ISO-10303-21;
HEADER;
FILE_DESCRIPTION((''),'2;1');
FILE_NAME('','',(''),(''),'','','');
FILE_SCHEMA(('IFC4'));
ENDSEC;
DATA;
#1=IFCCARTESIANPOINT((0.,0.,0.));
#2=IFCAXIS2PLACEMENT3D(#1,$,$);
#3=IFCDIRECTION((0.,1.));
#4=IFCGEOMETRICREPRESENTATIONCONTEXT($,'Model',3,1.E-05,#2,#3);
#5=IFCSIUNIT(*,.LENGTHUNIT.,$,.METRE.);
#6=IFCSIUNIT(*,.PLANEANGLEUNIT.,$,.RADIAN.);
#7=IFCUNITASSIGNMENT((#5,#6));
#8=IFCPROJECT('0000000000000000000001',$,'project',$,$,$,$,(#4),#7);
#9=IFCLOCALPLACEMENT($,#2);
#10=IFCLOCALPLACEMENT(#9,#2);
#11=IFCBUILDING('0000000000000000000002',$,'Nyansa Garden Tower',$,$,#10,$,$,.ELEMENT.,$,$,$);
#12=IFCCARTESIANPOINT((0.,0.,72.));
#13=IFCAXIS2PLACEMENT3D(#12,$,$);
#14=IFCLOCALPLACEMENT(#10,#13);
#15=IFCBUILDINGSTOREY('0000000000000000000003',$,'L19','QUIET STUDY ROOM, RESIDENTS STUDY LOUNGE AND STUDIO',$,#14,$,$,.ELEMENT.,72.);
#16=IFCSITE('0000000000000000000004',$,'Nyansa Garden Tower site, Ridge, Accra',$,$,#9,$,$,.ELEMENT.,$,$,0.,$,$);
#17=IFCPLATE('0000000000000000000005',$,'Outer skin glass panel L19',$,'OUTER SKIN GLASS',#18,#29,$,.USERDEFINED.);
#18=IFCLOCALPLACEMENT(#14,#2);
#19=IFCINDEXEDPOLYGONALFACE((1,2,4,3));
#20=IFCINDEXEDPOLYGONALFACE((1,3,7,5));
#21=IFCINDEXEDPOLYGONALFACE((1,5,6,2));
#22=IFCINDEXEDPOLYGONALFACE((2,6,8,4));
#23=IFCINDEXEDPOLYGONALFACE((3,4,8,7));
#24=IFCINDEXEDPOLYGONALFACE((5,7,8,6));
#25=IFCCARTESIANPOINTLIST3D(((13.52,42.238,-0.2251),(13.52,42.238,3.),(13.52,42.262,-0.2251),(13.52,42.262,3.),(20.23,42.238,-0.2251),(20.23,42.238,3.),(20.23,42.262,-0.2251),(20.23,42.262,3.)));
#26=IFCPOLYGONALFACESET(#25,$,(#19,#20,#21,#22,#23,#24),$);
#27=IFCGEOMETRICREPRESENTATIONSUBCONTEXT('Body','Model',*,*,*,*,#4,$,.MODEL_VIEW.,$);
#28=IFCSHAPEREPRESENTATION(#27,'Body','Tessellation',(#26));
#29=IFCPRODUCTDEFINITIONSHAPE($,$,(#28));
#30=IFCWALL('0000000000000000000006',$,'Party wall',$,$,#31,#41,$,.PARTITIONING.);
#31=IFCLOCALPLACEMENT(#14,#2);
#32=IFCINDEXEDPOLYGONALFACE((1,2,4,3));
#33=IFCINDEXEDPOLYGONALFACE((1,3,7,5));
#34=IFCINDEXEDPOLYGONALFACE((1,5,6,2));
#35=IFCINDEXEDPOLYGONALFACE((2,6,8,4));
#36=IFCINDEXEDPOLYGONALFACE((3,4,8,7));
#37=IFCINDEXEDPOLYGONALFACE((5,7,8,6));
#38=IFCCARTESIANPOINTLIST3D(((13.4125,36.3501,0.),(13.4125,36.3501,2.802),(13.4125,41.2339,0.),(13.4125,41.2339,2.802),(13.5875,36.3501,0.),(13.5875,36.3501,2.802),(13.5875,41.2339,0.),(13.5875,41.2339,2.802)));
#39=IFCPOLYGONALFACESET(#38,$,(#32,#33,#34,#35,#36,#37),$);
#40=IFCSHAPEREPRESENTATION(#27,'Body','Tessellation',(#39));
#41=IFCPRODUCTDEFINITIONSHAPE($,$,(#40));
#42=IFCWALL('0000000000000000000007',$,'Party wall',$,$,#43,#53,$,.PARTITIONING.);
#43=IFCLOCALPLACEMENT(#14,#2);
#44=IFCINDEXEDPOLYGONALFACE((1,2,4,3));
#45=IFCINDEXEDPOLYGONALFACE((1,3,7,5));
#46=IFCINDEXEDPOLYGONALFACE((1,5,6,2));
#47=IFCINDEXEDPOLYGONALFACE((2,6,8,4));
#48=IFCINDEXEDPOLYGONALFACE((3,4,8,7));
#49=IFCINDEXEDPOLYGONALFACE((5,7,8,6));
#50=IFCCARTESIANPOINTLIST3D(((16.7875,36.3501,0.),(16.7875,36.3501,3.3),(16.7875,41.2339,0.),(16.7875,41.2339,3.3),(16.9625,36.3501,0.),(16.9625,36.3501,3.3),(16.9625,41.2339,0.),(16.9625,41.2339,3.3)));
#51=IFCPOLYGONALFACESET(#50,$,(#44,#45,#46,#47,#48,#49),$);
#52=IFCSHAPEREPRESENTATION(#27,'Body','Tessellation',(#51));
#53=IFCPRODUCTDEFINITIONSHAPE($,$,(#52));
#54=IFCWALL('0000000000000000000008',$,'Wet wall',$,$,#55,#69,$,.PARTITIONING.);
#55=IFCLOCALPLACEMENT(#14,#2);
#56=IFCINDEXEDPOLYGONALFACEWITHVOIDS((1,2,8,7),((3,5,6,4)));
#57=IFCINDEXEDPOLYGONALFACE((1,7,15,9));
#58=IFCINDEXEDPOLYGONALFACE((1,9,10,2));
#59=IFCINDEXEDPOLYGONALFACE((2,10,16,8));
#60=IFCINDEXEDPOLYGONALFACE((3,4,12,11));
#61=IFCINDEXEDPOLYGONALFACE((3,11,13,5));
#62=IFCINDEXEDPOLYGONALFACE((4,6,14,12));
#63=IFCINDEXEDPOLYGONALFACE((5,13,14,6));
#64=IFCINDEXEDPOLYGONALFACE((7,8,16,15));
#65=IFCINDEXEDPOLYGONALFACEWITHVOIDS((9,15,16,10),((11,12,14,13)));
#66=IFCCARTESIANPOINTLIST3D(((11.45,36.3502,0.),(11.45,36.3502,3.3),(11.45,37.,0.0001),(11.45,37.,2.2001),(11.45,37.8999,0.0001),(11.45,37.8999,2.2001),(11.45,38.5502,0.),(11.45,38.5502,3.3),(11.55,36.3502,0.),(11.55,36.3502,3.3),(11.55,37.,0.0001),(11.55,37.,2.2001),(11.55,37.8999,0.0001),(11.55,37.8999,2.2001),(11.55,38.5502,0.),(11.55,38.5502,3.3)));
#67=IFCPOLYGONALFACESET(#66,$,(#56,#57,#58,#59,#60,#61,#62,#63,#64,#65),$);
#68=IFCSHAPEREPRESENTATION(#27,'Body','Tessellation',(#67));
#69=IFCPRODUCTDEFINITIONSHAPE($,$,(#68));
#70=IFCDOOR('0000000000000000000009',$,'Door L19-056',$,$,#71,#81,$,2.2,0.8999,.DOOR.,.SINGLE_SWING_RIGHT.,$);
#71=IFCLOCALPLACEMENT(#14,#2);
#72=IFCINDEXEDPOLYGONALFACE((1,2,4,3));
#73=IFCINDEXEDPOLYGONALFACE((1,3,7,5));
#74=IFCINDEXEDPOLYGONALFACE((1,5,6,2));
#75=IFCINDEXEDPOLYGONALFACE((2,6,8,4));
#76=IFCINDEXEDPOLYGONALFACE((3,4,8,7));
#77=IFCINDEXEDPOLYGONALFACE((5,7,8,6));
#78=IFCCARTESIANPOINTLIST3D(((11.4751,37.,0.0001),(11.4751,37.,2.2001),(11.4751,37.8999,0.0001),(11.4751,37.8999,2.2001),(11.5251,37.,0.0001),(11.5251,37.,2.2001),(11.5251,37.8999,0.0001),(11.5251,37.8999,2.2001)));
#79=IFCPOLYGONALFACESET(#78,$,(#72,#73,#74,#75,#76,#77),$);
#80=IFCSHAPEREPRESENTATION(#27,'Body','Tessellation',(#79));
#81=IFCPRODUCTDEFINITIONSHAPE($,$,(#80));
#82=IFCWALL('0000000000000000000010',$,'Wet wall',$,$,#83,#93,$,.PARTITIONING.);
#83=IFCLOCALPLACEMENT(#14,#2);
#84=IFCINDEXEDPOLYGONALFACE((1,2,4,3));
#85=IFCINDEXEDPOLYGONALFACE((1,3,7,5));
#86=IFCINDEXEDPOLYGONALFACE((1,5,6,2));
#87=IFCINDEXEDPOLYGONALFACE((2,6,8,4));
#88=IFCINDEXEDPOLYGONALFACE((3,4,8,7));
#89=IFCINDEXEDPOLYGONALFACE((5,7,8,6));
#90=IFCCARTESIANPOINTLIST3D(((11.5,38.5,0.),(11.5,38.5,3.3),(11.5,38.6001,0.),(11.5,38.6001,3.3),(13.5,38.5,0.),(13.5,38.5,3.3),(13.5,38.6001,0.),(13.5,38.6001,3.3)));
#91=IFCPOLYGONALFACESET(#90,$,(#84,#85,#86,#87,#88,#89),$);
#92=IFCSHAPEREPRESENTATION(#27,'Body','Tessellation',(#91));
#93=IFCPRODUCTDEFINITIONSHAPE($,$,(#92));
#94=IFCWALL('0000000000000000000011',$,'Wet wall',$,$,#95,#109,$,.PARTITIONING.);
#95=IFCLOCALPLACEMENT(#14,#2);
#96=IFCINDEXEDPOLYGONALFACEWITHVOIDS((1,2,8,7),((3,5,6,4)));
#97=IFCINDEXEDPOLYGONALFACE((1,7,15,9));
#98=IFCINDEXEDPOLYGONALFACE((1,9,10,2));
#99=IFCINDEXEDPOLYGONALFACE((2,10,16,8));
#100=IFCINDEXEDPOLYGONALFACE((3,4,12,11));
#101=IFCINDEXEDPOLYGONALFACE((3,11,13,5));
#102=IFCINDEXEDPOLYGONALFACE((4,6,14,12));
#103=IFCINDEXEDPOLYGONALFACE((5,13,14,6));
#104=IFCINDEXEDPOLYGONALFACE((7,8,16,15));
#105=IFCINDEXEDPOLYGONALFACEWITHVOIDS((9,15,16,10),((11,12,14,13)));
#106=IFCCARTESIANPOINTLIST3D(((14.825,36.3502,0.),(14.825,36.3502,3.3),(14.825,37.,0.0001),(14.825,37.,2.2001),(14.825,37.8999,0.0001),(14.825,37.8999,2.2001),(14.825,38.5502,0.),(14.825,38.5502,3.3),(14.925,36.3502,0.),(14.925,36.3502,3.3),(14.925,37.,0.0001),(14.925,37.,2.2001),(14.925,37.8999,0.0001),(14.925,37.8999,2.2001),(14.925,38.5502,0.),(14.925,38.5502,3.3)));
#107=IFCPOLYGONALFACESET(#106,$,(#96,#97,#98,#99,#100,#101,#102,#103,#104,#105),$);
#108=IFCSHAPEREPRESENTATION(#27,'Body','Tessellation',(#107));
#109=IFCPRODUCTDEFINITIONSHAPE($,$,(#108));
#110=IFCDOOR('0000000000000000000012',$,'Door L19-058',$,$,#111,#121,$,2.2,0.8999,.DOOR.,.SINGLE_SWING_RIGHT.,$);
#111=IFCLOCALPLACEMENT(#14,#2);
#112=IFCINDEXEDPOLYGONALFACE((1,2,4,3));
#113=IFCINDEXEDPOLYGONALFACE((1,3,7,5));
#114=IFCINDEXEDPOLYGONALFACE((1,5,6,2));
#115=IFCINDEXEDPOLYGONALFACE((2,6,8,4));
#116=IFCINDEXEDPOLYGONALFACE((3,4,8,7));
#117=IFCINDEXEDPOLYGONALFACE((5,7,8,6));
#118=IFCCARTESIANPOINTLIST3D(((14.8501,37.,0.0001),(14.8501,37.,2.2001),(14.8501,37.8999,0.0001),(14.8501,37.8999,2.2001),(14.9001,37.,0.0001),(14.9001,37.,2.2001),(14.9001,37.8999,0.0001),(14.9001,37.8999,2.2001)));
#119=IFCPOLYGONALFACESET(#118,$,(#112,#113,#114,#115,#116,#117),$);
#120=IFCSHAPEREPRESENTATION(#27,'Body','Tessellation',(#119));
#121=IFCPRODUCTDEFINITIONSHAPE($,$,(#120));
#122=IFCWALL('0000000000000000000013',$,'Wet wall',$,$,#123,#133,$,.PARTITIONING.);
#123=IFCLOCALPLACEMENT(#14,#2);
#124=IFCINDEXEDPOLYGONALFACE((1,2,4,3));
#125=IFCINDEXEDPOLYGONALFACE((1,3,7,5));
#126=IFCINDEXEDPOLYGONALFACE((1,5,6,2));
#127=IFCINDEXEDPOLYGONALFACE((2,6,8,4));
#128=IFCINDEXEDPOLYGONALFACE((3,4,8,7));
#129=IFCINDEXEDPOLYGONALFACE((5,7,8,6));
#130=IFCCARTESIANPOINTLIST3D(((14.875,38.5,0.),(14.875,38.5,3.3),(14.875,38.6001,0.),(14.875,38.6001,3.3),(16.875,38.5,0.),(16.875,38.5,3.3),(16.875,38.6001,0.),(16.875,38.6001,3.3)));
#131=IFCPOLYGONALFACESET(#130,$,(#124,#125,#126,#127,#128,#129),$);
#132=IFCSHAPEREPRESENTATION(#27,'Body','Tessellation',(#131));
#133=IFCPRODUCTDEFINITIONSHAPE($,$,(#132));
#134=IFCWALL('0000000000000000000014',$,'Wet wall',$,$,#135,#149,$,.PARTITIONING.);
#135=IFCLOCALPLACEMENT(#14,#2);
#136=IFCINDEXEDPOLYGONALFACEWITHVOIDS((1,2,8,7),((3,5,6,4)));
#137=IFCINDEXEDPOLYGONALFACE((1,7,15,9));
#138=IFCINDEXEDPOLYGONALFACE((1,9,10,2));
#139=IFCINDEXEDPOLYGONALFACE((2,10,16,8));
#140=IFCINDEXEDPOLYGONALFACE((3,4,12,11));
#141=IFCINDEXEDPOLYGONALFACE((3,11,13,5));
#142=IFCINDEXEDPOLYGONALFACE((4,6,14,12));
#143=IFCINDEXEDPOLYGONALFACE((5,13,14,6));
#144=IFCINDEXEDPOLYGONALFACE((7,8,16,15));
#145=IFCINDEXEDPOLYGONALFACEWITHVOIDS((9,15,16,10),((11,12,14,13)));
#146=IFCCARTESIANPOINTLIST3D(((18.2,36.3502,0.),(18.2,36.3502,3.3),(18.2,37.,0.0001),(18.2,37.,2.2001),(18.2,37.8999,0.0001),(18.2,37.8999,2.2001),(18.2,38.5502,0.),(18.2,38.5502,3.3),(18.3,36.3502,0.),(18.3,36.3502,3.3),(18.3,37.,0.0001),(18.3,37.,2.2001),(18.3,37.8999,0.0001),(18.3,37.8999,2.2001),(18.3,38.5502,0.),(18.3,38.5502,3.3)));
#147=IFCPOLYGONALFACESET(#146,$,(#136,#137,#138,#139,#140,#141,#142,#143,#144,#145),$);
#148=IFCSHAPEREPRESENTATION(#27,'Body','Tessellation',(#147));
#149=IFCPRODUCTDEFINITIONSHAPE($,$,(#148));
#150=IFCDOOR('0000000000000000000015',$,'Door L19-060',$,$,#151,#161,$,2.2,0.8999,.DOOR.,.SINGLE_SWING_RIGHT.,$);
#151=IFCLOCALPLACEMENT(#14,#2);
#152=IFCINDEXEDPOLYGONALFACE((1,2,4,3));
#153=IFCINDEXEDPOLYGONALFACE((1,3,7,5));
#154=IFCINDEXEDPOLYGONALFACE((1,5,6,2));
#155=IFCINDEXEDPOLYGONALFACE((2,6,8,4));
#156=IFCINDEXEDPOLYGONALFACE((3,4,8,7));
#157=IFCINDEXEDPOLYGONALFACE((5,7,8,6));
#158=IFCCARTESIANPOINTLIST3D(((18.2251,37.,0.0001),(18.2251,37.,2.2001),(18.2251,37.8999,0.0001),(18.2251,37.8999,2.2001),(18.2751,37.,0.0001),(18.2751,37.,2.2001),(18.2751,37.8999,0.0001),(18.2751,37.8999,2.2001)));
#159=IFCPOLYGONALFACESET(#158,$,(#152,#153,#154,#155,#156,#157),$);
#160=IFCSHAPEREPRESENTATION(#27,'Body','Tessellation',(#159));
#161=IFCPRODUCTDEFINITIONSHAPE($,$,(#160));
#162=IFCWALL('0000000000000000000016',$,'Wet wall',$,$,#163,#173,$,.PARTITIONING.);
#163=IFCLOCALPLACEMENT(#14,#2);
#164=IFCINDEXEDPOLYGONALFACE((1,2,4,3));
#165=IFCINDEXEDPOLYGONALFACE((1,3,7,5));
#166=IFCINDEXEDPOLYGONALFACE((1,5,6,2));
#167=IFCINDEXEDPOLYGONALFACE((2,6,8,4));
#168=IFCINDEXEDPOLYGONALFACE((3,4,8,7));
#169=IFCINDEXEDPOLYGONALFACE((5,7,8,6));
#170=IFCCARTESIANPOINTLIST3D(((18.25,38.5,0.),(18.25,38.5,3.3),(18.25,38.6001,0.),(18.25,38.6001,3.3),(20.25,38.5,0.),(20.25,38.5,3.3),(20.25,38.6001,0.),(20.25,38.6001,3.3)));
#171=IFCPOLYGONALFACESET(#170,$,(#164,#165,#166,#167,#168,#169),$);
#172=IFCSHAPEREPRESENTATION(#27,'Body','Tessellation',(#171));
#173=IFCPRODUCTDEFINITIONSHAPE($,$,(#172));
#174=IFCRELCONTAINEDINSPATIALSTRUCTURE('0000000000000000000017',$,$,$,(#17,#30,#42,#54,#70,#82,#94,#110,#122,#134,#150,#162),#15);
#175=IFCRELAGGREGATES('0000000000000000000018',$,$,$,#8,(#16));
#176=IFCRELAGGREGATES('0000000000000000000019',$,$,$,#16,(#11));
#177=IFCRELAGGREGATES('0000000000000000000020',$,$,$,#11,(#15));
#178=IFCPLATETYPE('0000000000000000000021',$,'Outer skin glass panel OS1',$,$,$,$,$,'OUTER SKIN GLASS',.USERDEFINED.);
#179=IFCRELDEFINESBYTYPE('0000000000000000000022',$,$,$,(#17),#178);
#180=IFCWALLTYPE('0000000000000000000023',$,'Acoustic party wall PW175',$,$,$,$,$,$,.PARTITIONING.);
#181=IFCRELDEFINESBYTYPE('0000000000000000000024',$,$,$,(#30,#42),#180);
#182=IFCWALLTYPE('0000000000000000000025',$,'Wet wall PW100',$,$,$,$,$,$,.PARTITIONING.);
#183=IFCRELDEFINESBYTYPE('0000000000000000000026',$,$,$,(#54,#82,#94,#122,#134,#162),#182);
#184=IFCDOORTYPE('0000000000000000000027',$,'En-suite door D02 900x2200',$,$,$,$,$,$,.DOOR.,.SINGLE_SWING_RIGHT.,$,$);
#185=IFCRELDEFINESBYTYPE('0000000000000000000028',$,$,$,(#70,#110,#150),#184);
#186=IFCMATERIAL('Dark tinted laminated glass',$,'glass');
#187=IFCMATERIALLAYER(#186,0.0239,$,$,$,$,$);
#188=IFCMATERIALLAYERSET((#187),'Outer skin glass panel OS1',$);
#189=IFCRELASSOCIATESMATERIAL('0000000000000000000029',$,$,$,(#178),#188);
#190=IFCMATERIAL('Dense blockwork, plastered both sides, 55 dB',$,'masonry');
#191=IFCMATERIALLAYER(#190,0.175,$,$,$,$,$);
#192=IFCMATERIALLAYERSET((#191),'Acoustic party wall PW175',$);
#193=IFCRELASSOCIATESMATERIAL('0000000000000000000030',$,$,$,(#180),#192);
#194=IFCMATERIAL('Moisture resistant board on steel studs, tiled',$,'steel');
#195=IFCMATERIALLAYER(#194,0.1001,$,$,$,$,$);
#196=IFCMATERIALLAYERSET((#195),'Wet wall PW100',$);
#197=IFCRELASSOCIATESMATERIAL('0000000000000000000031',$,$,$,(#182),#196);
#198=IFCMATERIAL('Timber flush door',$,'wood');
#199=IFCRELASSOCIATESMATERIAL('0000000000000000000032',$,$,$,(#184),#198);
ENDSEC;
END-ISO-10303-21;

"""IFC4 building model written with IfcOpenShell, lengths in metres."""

from ifc_helpers import new_model, si_unit, direction, frame, frame_2d, origin, origin_2d, place, context, subcontext, project, spatial, rectangle, extrude, material, layer, layer_set, type_object, element, fill, save


model = new_model("IFC4")

# Units and contexts
model_context = context("Model", 3, precision=1e-05, world=origin(), true_north=direction((0.0, 1.0)))
body_context = subcontext(model_context, "Body", "Model", "MODEL_VIEW")
ifc_project = project(units=[si_unit("LENGTHUNIT", "METRE"), si_unit("PLANEANGLEUNIT", "RADIAN")], contexts=[model_context])

# Site, building, storey
site_placement = place(None, origin())
site = spatial("IfcSite", under=ifc_project, at=site_placement, Name="Nyansa Garden Tower site, Ridge, Accra", CompositionType="ELEMENT", RefElevation=0.0)
building_placement = place(site_placement, origin())
building = spatial("IfcBuilding", under=site, at=building_placement, Name="Nyansa Garden Tower", CompositionType="ELEMENT")
storey_placement = place(building_placement, frame((0.0, 0.0, 72.0)))
storey = spatial("IfcBuildingStorey", under=building, at=storey_placement, Name="L19", Description="QUIET STUDY ROOM, RESIDENTS STUDY LOUNGE AND STUDIO", CompositionType="ELEMENT", Elevation=72.0)

# Plate
ifc_material_1 = material(Name="Dark tinted laminated glass", Category="glass")
ifc_layer_1 = layer(ifc_material_1, 0.0239)
ifc_layer_set_1 = layer_set([ifc_layer_1], Name="Outer skin glass panel OS1")
plate_type_1 = type_object("IfcPlateType", Name="Outer skin glass panel OS1", ElementType="OUTER SKIN GLASS", PredefinedType="USERDEFINED", material=ifc_layer_set_1)
plate_1_placement = place(storey_placement, frame((16.875, 42.25, -0.2251), z_axis=(0.0, 0.0, 1.0), x_axis=(1.0, 0.0, 0.0)))
element("IfcPlate", 1, at=plate_1_placement, inside=storey, type_object=plate_type_1, Name="Outer skin glass panel L19", ObjectType="OUTER SKIN GLASS", PredefinedType="USERDEFINED", context=body_context, shape_type="SweptSolid", body=[
    extrude(rectangle(XDim=6.71, YDim=0.0239, at=origin_2d()), origin(), (0.0, 0.0, 1.0), 3.2251),
])

# Walls
ifc_material_2 = material(Name="Dense blockwork, plastered both sides, 55 dB", Category="masonry")
ifc_layer_2 = layer(ifc_material_2, 0.175)
ifc_layer_set_2 = layer_set([ifc_layer_2], Name="Acoustic party wall PW175")
wall_type_1 = type_object("IfcWallType", Name="Acoustic party wall PW175", PredefinedType="PARTITIONING", material=ifc_layer_set_2)
wall_1_placement = place(storey_placement, frame((13.5, 36.3501, 0.0), z_axis=(0.0, 0.0, 1.0), x_axis=(0.0, 1.0, 0.0)))
element("IfcWall", 2, at=wall_1_placement, inside=storey, type_object=wall_type_1, Name="Party wall", PredefinedType="PARTITIONING", context=body_context, shape_type="SweptSolid", body=[
    extrude(rectangle(XDim=4.8838, YDim=0.175, at=frame_2d((2.4419, 0.0))), origin(), (0.0, 0.0, 1.0), 2.802),
])
wall_2_placement = place(storey_placement, frame((16.875, 36.3501, 0.0), z_axis=(0.0, 0.0, 1.0), x_axis=(0.0, 1.0, 0.0)))
element("IfcWall", 3, at=wall_2_placement, inside=storey, type_object=wall_type_1, Name="Party wall", PredefinedType="PARTITIONING", context=body_context, shape_type="SweptSolid", body=[
    extrude(rectangle(XDim=4.8838, YDim=0.175, at=frame_2d((2.4419, 0.0))), origin(), (0.0, 0.0, 1.0), 3.3),
])

# Wall, opening, door
ifc_material_3 = material(Name="Moisture resistant board on steel studs, tiled", Category="steel")
ifc_layer_3 = layer(ifc_material_3, 0.1001)
ifc_layer_set_3 = layer_set([ifc_layer_3], Name="Wet wall PW100")
wall_type_2 = type_object("IfcWallType", Name="Wet wall PW100", PredefinedType="PARTITIONING", material=ifc_layer_set_3)
wall_3_placement = place(storey_placement, frame((11.5, 36.3501, 0.0), z_axis=(0.0, 0.0, 1.0), x_axis=(0.0, 1.0, 0.0)))
wall_3 = element("IfcWall", 4, at=wall_3_placement, inside=storey, type_object=wall_type_2, Name="Wet wall", PredefinedType="PARTITIONING", context=body_context, shape_type="SweptSolid", body=[
    extrude(rectangle(XDim=2.2, YDim=0.1001, at=frame_2d((1.1001, 0.0))), origin(), (0.0, 0.0, 1.0), 3.3),
])
opening_1_placement = place(wall_3_placement, frame((0.6499, 0.0, 0.0)))
opening_1 = element("IfcOpeningElement", 5, at=opening_1_placement, cuts=wall_3, PredefinedType="OPENING", context=body_context, shape_type="SweptSolid", body=[
    extrude(rectangle(XDim=0.8999, YDim=2.2, at=frame_2d((0.45, 1.1001))), frame((0.0, 0.0601, 0.0), z_axis=(0.0, -1.0, 0.0), x_axis=(1.0, 0.0, 0.0)), (0.0, 0.0, 1.0), 0.1201),
])
ifc_material_4 = material(Name="Timber flush door", Category="wood")
door_type = type_object("IfcDoorType", Name="En-suite door D02 900x2200", OperationType="SINGLE_SWING_RIGHT", PredefinedType="DOOR", material=ifc_material_4)
door_1_placement = place(opening_1_placement, origin())
door_1 = element("IfcDoor", 6, at=door_1_placement, inside=storey, type_object=door_type, Name="Door L19-056", OperationType="SINGLE_SWING_RIGHT", OverallHeight=2.2, OverallWidth=0.8999, PredefinedType="DOOR", context=body_context, shape_type="SweptSolid", body=[
    extrude(rectangle(XDim=0.8999, YDim=2.2, at=frame_2d((0.45, 1.1001))), frame((0.0, 0.0249, 0.0), z_axis=(0.0, -1.0, 0.0), x_axis=(1.0, 0.0, 0.0)), (0.0, 0.0, 1.0), 0.05),
])
fill(opening_1, door_1)

# Wall
wall_4_placement = place(storey_placement, frame((11.5, 38.55, 0.0), z_axis=(0.0, 0.0, 1.0), x_axis=(1.0, 0.0, 0.0)))
element("IfcWall", 7, at=wall_4_placement, inside=storey, type_object=wall_type_2, Name="Wet wall", PredefinedType="PARTITIONING", context=body_context, shape_type="SweptSolid", body=[
    extrude(rectangle(XDim=2.0, YDim=0.1001, at=frame_2d((1.0, 0.0))), origin(), (0.0, 0.0, 1.0), 3.3),
])

# Wall, opening, door
wall_5_placement = place(storey_placement, frame((14.875, 36.3501, 0.0), z_axis=(0.0, 0.0, 1.0), x_axis=(0.0, 1.0, 0.0)))
wall_5 = element("IfcWall", 8, at=wall_5_placement, inside=storey, type_object=wall_type_2, Name="Wet wall", PredefinedType="PARTITIONING", context=body_context, shape_type="SweptSolid", body=[
    extrude(rectangle(XDim=2.2, YDim=0.1001, at=frame_2d((1.1001, 0.0))), origin(), (0.0, 0.0, 1.0), 3.3),
])
opening_2_placement = place(wall_5_placement, frame((0.6499, 0.0, 0.0)))
opening_2 = element("IfcOpeningElement", 9, at=opening_2_placement, cuts=wall_5, PredefinedType="OPENING", context=body_context, shape_type="SweptSolid", body=[
    extrude(rectangle(XDim=0.8999, YDim=2.2, at=frame_2d((0.45, 1.1001))), frame((0.0, 0.0601, 0.0), z_axis=(0.0, -1.0, 0.0), x_axis=(1.0, 0.0, 0.0)), (0.0, 0.0, 1.0), 0.1201),
])
door_2_placement = place(opening_2_placement, origin())
door_2 = element("IfcDoor", 10, at=door_2_placement, inside=storey, type_object=door_type, Name="Door L19-058", OperationType="SINGLE_SWING_RIGHT", OverallHeight=2.2, OverallWidth=0.8999, PredefinedType="DOOR", context=body_context, shape_type="SweptSolid", body=[
    extrude(rectangle(XDim=0.8999, YDim=2.2, at=frame_2d((0.45, 1.1001))), frame((0.0, 0.0249, 0.0), z_axis=(0.0, -1.0, 0.0), x_axis=(1.0, 0.0, 0.0)), (0.0, 0.0, 1.0), 0.05),
])
fill(opening_2, door_2)

# Wall
wall_6_placement = place(storey_placement, frame((14.875, 38.55, 0.0), z_axis=(0.0, 0.0, 1.0), x_axis=(1.0, 0.0, 0.0)))
element("IfcWall", 11, at=wall_6_placement, inside=storey, type_object=wall_type_2, Name="Wet wall", PredefinedType="PARTITIONING", context=body_context, shape_type="SweptSolid", body=[
    extrude(rectangle(XDim=2.0, YDim=0.1001, at=frame_2d((1.0, 0.0))), origin(), (0.0, 0.0, 1.0), 3.3),
])

# Wall, opening, door
wall_7_placement = place(storey_placement, frame((18.25, 36.3501, 0.0), z_axis=(0.0, 0.0, 1.0), x_axis=(0.0, 1.0, 0.0)))
wall_7 = element("IfcWall", 12, at=wall_7_placement, inside=storey, type_object=wall_type_2, Name="Wet wall", PredefinedType="PARTITIONING", context=body_context, shape_type="SweptSolid", body=[
    extrude(rectangle(XDim=2.2, YDim=0.1001, at=frame_2d((1.1001, 0.0))), origin(), (0.0, 0.0, 1.0), 3.3),
])
opening_3_placement = place(wall_7_placement, frame((0.6499, 0.0, 0.0)))
opening_3 = element("IfcOpeningElement", 13, at=opening_3_placement, cuts=wall_7, PredefinedType="OPENING", context=body_context, shape_type="SweptSolid", body=[
    extrude(rectangle(XDim=0.8999, YDim=2.2, at=frame_2d((0.45, 1.1001))), frame((0.0, 0.0601, 0.0), z_axis=(0.0, -1.0, 0.0), x_axis=(1.0, 0.0, 0.0)), (0.0, 0.0, 1.0), 0.1201),
])
door_3_placement = place(opening_3_placement, origin())
door_3 = element("IfcDoor", 14, at=door_3_placement, inside=storey, type_object=door_type, Name="Door L19-060", OperationType="SINGLE_SWING_RIGHT", OverallHeight=2.2, OverallWidth=0.8999, PredefinedType="DOOR", context=body_context, shape_type="SweptSolid", body=[
    extrude(rectangle(XDim=0.8999, YDim=2.2, at=frame_2d((0.45, 1.1001))), frame((0.0, 0.0249, 0.0), z_axis=(0.0, -1.0, 0.0), x_axis=(1.0, 0.0, 0.0)), (0.0, 0.0, 1.0), 0.05),
])
fill(opening_3, door_3)

# Wall
wall_8_placement = place(storey_placement, frame((18.25, 38.55, 0.0), z_axis=(0.0, 0.0, 1.0), x_axis=(1.0, 0.0, 0.0)))
element("IfcWall", 15, at=wall_8_placement, inside=storey, type_object=wall_type_2, Name="Wet wall", PredefinedType="PARTITIONING", context=body_context, shape_type="SweptSolid", body=[
    extrude(rectangle(XDim=2.0, YDim=0.1001, at=frame_2d((1.0, 0.0))), origin(), (0.0, 0.0, 1.0), 3.3),
])

save(model, "model.ifc")
